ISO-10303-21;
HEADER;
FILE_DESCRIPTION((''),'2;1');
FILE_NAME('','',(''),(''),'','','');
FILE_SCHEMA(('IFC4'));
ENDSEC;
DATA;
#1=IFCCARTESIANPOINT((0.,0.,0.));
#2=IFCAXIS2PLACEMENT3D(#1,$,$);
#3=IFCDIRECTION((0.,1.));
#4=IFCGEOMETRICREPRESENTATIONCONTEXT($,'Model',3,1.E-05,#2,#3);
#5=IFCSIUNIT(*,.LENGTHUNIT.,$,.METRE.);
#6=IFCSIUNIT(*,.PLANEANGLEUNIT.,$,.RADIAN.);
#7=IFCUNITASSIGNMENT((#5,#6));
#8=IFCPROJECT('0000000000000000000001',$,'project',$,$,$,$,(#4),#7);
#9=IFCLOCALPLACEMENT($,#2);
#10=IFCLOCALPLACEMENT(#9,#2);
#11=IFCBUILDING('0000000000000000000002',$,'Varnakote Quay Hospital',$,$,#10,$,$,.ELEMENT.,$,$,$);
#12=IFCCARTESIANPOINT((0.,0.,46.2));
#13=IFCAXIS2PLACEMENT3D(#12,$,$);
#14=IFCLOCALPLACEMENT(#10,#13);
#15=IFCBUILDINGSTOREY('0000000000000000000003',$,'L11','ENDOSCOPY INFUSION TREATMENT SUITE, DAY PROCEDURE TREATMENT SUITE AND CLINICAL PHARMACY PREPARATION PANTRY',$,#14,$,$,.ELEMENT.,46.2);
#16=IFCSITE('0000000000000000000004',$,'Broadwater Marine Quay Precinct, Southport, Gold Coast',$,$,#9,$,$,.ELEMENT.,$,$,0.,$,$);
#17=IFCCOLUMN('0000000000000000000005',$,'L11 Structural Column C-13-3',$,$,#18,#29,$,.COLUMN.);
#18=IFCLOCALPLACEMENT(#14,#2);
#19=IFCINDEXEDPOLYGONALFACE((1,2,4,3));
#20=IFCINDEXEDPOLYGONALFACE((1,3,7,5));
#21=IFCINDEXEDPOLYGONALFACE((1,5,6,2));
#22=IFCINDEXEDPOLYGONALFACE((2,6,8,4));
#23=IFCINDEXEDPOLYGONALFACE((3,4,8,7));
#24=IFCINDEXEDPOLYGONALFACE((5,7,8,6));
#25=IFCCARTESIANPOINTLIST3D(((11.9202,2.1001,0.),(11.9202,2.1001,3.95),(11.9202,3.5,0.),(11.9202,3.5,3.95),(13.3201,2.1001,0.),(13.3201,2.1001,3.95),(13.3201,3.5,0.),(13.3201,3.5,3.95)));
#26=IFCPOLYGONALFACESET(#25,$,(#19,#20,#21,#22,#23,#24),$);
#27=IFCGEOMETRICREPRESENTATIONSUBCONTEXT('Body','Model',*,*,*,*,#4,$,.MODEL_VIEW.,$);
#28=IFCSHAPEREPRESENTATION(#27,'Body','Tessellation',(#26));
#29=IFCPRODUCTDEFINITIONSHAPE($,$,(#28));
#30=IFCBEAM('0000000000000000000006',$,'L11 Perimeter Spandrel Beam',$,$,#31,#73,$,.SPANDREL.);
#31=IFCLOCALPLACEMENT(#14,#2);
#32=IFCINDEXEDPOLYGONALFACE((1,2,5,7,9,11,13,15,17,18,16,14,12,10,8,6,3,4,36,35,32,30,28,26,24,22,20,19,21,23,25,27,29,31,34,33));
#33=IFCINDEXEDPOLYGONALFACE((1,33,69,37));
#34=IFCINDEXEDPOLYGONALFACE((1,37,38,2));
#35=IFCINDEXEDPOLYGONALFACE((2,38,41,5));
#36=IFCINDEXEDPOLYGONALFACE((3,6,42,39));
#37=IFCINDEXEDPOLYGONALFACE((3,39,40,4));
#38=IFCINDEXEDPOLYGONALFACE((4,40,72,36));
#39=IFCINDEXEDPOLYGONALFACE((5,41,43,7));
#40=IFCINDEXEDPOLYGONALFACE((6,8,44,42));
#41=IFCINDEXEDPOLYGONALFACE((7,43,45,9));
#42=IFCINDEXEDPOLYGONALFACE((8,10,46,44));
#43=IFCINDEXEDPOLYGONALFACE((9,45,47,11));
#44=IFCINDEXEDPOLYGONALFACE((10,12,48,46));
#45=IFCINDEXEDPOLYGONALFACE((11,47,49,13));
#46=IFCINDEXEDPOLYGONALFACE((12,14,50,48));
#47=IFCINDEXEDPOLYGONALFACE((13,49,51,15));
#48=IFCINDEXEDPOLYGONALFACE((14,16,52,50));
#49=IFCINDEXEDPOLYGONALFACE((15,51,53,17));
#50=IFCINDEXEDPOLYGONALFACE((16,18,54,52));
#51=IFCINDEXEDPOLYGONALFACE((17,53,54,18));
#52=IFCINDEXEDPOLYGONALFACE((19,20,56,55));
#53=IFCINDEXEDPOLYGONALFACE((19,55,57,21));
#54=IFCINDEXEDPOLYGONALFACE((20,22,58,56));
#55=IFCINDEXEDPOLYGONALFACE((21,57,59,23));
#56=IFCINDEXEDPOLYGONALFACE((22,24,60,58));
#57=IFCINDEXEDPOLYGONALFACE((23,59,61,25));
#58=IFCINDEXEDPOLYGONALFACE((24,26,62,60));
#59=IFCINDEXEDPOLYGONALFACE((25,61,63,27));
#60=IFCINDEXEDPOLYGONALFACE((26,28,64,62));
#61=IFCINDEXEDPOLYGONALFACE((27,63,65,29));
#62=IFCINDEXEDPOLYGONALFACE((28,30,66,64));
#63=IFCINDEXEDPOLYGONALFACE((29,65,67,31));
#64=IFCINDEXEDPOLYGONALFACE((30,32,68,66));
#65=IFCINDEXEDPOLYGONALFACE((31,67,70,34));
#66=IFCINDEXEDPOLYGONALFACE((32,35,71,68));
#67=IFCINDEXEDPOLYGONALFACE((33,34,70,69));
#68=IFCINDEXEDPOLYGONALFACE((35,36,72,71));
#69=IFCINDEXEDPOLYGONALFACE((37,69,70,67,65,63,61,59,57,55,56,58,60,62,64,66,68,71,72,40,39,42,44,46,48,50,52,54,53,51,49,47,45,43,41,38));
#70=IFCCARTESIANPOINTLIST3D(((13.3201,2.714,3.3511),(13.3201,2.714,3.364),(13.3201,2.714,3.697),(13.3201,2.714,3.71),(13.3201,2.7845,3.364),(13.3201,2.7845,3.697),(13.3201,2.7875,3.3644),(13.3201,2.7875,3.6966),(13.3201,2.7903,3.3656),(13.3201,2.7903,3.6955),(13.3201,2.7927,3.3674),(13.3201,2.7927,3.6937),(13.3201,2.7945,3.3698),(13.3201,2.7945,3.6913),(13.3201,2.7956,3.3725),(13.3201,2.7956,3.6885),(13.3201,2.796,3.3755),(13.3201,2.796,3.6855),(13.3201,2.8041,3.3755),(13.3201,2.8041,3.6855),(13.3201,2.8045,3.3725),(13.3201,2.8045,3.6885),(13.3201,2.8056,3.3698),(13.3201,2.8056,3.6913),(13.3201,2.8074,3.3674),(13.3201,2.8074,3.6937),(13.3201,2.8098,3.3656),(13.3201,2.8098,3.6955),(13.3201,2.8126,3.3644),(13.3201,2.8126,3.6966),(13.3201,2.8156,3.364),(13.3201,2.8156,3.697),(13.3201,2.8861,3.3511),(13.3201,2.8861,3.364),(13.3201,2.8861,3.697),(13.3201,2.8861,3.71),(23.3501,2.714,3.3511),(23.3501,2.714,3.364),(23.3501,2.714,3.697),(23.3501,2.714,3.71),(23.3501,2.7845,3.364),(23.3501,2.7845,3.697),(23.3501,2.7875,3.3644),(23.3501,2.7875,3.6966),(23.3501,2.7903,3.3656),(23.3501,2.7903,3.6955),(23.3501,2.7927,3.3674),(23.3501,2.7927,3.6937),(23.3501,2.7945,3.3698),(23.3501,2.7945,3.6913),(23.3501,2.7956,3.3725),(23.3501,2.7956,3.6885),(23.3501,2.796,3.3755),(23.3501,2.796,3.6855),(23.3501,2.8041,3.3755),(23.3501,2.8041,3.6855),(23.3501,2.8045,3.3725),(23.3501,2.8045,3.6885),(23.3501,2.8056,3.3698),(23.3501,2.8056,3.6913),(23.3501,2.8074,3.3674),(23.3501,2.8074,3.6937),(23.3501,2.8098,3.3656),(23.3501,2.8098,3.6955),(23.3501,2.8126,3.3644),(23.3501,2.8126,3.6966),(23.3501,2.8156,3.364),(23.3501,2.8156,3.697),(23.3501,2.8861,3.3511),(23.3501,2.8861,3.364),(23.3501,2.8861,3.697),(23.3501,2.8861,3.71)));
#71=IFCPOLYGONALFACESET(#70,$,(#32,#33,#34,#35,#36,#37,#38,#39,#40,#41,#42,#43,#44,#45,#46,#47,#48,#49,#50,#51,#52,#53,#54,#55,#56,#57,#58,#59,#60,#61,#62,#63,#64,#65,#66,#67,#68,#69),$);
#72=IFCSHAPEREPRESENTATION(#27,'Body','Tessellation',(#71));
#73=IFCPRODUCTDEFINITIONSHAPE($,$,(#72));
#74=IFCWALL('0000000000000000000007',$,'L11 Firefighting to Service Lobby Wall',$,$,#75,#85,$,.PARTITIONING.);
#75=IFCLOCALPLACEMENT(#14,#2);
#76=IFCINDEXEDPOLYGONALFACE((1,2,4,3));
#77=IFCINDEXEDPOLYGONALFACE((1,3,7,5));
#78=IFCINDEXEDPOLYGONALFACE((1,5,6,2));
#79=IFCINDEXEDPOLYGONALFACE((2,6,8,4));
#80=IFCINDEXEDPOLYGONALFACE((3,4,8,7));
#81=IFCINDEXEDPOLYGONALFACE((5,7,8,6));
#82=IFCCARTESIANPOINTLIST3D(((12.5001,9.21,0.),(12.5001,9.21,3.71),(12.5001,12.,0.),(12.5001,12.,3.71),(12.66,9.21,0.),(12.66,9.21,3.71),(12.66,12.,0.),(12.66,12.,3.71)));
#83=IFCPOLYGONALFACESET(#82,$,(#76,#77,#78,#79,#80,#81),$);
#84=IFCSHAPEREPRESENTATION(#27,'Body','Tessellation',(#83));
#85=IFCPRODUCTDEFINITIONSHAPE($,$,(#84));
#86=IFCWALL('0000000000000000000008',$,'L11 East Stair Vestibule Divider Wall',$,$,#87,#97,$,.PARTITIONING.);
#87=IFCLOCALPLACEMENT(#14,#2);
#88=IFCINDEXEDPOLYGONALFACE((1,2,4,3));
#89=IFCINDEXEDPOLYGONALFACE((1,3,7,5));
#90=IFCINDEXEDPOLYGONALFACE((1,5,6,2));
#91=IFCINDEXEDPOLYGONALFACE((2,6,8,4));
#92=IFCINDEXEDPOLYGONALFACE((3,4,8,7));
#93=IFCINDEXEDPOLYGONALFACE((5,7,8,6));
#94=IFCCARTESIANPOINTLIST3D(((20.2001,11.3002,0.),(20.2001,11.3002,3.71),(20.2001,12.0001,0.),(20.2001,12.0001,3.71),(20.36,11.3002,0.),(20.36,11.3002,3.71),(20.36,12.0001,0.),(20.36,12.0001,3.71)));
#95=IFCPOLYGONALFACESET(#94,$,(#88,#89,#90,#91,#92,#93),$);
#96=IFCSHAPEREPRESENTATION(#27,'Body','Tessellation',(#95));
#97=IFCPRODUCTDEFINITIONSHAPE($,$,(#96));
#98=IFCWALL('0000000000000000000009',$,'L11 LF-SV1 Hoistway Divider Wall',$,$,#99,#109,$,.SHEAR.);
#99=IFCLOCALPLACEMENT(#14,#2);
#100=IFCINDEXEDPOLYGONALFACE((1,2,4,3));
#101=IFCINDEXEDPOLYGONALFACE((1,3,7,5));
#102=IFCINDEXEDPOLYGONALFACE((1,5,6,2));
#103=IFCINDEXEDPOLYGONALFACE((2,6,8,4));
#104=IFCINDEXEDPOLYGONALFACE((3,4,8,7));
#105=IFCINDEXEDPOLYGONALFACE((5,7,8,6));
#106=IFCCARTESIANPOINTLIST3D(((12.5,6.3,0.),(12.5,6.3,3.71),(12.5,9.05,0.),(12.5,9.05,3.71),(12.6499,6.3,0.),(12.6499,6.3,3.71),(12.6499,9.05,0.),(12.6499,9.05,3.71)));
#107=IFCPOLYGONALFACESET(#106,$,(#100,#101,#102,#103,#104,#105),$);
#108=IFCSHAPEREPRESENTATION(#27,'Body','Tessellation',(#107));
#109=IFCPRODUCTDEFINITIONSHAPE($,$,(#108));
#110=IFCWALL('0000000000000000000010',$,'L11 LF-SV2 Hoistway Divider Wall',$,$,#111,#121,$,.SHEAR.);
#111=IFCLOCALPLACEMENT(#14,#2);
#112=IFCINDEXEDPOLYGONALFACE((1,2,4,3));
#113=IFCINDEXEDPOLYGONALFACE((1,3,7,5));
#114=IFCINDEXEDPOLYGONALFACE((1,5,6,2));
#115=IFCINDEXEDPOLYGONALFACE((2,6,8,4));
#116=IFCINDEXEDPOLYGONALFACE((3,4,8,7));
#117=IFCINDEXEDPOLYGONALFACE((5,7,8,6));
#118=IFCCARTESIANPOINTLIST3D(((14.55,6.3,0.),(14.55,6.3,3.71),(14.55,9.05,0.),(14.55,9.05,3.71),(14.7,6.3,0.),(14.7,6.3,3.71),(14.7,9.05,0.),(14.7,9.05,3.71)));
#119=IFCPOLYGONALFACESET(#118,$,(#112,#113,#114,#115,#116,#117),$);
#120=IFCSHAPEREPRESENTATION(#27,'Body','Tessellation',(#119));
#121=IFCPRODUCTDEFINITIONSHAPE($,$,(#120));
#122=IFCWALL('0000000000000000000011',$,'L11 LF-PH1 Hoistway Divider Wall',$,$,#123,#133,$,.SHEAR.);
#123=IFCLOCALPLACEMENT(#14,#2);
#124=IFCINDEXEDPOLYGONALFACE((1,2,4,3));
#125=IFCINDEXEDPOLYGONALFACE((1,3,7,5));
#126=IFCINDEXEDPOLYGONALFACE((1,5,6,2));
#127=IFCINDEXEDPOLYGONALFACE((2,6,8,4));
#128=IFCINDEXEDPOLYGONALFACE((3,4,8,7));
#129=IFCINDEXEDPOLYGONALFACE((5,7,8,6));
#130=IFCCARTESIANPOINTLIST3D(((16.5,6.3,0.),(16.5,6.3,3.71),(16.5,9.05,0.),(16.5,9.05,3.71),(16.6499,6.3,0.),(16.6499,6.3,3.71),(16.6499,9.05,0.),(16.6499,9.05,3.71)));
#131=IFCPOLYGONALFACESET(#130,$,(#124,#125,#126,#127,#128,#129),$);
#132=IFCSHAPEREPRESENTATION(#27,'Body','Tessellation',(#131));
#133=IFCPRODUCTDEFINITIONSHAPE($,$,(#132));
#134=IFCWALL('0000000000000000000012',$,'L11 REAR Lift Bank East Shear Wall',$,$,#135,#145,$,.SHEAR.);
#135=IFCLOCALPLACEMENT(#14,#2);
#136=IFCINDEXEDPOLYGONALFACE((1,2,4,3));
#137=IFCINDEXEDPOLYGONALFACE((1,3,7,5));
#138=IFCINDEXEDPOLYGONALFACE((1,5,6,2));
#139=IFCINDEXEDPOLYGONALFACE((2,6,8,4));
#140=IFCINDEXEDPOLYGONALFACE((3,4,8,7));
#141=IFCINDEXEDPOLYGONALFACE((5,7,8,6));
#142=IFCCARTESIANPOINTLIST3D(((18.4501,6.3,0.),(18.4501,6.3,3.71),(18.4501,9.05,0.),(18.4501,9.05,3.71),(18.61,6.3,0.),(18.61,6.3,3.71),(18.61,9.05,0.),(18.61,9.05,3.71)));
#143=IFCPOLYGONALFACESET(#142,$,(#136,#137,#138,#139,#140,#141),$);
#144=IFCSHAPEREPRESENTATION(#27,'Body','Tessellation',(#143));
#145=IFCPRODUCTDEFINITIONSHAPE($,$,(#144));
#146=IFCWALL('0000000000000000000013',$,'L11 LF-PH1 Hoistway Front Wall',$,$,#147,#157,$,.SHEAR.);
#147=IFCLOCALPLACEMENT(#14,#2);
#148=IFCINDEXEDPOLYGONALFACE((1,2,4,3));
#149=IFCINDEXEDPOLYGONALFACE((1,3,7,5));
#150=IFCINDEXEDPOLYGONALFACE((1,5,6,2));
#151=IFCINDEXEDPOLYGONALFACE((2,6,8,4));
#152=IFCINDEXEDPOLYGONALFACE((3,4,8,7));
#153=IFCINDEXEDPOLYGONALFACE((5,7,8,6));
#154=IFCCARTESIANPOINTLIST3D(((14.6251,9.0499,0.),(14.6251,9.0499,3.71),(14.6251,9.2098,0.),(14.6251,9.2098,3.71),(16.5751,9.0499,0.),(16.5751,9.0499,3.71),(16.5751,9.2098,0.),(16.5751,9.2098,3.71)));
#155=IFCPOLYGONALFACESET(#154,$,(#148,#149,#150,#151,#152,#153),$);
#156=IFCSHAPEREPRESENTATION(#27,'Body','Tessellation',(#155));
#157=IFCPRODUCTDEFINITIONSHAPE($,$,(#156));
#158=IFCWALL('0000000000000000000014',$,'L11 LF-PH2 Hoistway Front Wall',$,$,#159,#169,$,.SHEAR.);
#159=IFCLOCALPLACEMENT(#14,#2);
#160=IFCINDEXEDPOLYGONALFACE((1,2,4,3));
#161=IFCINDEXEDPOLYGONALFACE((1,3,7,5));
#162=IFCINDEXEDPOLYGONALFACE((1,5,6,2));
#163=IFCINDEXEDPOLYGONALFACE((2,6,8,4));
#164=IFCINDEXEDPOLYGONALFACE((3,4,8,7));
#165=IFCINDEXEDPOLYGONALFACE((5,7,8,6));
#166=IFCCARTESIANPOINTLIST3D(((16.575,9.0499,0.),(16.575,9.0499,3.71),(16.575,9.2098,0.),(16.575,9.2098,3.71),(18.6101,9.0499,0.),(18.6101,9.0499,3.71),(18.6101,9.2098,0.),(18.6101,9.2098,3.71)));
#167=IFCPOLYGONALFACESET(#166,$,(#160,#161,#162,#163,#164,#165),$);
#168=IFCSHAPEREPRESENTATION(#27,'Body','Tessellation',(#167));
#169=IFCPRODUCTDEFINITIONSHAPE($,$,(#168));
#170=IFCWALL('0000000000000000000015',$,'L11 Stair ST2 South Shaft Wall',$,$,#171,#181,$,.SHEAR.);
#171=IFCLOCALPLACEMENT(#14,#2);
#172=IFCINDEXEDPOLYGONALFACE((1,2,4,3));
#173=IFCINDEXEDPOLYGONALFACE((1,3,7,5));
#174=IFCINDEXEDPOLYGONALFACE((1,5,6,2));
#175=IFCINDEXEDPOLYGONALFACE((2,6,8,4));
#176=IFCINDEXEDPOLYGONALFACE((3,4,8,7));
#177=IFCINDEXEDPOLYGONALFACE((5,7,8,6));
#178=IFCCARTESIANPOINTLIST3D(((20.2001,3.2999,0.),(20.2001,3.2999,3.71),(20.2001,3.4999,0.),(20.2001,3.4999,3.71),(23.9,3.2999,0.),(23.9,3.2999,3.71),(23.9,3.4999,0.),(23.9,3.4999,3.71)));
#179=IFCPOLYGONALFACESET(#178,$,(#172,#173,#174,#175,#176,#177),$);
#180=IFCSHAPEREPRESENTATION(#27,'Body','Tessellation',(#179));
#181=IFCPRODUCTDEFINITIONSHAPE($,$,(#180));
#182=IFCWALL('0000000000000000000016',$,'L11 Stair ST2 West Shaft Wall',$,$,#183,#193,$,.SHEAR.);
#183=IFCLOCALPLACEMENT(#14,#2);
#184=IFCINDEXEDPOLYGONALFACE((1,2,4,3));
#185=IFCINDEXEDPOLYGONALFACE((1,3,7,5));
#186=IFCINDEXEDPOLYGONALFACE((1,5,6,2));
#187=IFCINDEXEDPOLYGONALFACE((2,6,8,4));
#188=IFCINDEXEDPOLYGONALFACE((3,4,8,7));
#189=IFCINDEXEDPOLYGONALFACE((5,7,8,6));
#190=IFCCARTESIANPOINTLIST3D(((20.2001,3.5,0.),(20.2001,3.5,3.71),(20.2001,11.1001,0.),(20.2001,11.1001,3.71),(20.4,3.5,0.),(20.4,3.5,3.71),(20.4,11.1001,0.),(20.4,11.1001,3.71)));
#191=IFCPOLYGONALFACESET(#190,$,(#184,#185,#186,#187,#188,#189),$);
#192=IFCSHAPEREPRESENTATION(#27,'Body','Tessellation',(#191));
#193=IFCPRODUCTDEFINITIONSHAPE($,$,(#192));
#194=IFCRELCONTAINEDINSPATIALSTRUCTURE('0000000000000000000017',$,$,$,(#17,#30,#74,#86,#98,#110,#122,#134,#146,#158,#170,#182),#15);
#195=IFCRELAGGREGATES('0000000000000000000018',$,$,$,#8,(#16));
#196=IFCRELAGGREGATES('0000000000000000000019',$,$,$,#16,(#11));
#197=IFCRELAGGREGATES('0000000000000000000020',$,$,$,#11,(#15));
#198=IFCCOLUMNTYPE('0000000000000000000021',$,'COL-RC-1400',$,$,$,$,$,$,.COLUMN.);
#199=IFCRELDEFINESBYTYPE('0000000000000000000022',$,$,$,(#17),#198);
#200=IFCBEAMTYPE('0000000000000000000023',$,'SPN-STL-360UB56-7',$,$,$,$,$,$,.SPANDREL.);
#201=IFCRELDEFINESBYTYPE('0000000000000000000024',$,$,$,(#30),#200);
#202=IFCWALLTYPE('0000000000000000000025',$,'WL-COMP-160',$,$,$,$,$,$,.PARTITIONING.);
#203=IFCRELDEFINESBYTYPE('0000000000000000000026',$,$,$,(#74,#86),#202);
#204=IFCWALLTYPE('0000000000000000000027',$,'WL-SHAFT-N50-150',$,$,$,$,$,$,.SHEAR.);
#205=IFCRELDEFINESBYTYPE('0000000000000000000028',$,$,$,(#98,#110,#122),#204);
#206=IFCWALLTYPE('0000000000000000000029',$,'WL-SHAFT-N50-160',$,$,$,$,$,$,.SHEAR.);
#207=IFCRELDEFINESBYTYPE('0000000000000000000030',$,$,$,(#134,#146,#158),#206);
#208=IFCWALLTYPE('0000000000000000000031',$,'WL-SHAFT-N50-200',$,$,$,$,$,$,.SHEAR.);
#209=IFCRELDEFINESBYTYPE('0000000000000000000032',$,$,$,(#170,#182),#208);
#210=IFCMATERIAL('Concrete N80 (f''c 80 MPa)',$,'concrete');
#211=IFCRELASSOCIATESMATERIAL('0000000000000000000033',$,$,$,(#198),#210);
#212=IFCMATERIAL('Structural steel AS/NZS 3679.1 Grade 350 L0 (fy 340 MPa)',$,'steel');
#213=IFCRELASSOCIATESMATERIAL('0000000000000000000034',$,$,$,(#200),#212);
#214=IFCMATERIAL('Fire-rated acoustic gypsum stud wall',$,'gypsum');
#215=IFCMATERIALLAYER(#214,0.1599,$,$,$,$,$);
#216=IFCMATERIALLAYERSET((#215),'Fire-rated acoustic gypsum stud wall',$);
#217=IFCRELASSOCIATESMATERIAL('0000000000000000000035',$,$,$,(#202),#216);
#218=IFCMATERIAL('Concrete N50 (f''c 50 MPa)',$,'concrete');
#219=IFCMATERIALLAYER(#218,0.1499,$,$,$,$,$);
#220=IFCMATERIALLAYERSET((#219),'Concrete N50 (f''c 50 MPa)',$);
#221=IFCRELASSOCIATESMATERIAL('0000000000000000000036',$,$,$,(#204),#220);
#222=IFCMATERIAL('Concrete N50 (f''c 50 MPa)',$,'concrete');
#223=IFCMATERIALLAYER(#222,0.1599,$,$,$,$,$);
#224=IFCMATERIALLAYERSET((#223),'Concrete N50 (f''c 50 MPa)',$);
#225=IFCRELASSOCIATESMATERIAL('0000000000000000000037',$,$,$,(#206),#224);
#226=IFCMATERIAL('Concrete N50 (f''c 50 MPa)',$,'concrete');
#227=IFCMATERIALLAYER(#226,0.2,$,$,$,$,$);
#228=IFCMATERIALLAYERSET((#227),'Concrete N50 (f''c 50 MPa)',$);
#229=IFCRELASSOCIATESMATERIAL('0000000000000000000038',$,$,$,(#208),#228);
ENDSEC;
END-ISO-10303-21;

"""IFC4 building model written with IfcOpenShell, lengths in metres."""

from ifc_helpers import new_model, si_unit, direction, frame, frame_2d, origin, origin_2d, place, context, subcontext, project, spatial, rectangle, i_section, extrude, material, layer, layer_set, material_profile, profile_set, type_object, element, save


model = new_model("IFC4")

# Units and contexts
model_context = context("Model", 3, precision=1e-05, world=origin(), true_north=direction((0.0, 1.0)))
body_context = subcontext(model_context, "Body", "Model", "MODEL_VIEW")
ifc_project = project(units=[si_unit("LENGTHUNIT", "METRE"), si_unit("PLANEANGLEUNIT", "RADIAN")], contexts=[model_context])

# Site, building, storey
site_placement = place(None, origin())
site = spatial("IfcSite", under=ifc_project, at=site_placement, Name="Broadwater Marine Quay Precinct, Southport, Gold Coast", CompositionType="ELEMENT", RefElevation=0.0)
building_placement = place(site_placement, origin())
building = spatial("IfcBuilding", under=site, at=building_placement, Name="Varnakote Quay Hospital", CompositionType="ELEMENT")
storey_placement = place(building_placement, frame((0.0, 0.0, 46.2)))
storey = spatial("IfcBuildingStorey", under=building, at=storey_placement, Name="L11", Description="ENDOSCOPY INFUSION TREATMENT SUITE, DAY PROCEDURE TREATMENT SUITE AND CLINICAL PHARMACY PREPARATION PANTRY", CompositionType="ELEMENT", Elevation=46.2)

# Column
ifc_material_1 = material(Name="Concrete N80 (f'c 80 MPa)", Category="concrete")
ifc_material_profile_1 = material_profile(ifc_material_1, rectangle(XDim=1.3999, YDim=1.3999, at=origin_2d()), Name="RC-COL-1400x1400")
ifc_profile_set_1 = profile_set([ifc_material_profile_1], Name="Concrete N80 (f'c 80 MPa)")
column_type = type_object("IfcColumnType", Name="COL-RC-1400", PredefinedType="COLUMN", material=ifc_profile_set_1)
column_placement = place(storey_placement, frame((12.6201, 2.8, 0.0), z_axis=(0.0, 0.0, 1.0), x_axis=(1.0, 0.0, 0.0)))
element("IfcColumn", 1, at=column_placement, inside=storey, type_object=column_type, Name="L11 Structural Column C-13-3", PredefinedType="COLUMN", context=body_context, shape_type="SweptSolid", body=[
    extrude(rectangle(XDim=1.3999, YDim=1.3999, at=origin_2d()), origin(), (0.0, 0.0, 1.0), 3.95),
])

# Beam
ifc_material_2 = material(Name="Structural steel AS/NZS 3679.1 Grade 350 L0 (fy 340 MPa)", Category="steel")
ifc_material_profile_2 = material_profile(ifc_material_2, i_section(OverallWidth=0.1721, OverallDepth=0.3589, WebThickness=0.0081, FlangeThickness=0.0129, FilletRadius=0.0115, at=origin_2d()), Name="360UB56.7")
ifc_profile_set_2 = profile_set([ifc_material_profile_2], Name="Structural steel AS/NZS 3679.1 Grade 350 L0 (fy 340 MPa)")
beam_type = type_object("IfcBeamType", Name="SPN-STL-360UB56-7", PredefinedType="SPANDREL", material=ifc_profile_set_2)
beam_placement = place(storey_placement, frame((13.3201, 2.8, 3.5305), z_axis=(1.0, 0.0, 0.0), x_axis=(0.0, 1.0, 0.0)))
element("IfcBeam", 2, at=beam_placement, inside=storey, type_object=beam_type, Name="L11 Perimeter Spandrel Beam", PredefinedType="SPANDREL", context=body_context, shape_type="SweptSolid", body=[
    extrude(i_section(OverallWidth=0.1721, OverallDepth=0.3589, WebThickness=0.0081, FlangeThickness=0.0129, FilletRadius=0.0115, at=origin_2d()), origin(), (0.0, 0.0, 1.0), 10.03),
])

# Walls
ifc_material_3 = material(Name="Fire-rated acoustic gypsum stud wall", Category="gypsum")
ifc_layer_1 = layer(ifc_material_3, 0.1599)
ifc_layer_set_1 = layer_set([ifc_layer_1], Name="Fire-rated acoustic gypsum stud wall")
wall_type_1 = type_object("IfcWallType", Name="WL-COMP-160", PredefinedType="PARTITIONING", material=ifc_layer_set_1)
wall_1_placement = place(storey_placement, frame((12.5801, 9.21, 0.0), z_axis=(0.0, 0.0, 1.0), x_axis=(0.0, 1.0, 0.0)))
element("IfcWall", 3, at=wall_1_placement, inside=storey, type_object=wall_type_1, Name="L11 Firefighting to Service Lobby Wall", PredefinedType="PARTITIONING", context=body_context, shape_type="SweptSolid", body=[
    extrude(rectangle(XDim=2.79, YDim=0.1599, at=frame_2d((1.395, 0.0))), origin(), (0.0, 0.0, 1.0), 3.71),
])
wall_2_placement = place(storey_placement, frame((20.28, 11.3, 0.0), z_axis=(0.0, 0.0, 1.0), x_axis=(0.0, 1.0, 0.0)))
element("IfcWall", 4, at=wall_2_placement, inside=storey, type_object=wall_type_1, Name="L11 East Stair Vestibule Divider Wall", PredefinedType="PARTITIONING", context=body_context, shape_type="SweptSolid", body=[
    extrude(rectangle(XDim=0.7, YDim=0.1599, at=frame_2d((0.3501, 0.0))), origin(), (0.0, 0.0, 1.0), 3.71),
])
ifc_material_4 = material(Name="Concrete N50 (f'c 50 MPa)", Category="concrete")
ifc_layer_2 = layer(ifc_material_4, 0.1499)
ifc_layer_set_2 = layer_set([ifc_layer_2], Name="Concrete N50 (f'c 50 MPa)")
wall_type_2 = type_object("IfcWallType", Name="WL-SHAFT-N50-150", PredefinedType="SHEAR", material=ifc_layer_set_2)
for number, where, z_axis, x_axis, name in (
    (5, (12.575, 6.3, 0.0), (0.0, 0.0, 1.0), (0.0, 1.0, 0.0), "L11 LF-SV1 Hoistway Divider Wall"),
    (6, (14.625, 6.3, 0.0), (0.0, 0.0, 1.0), (0.0, 1.0, 0.0), "L11 LF-SV2 Hoistway Divider Wall"),
    (7, (16.575, 6.3, 0.0), (0.0, 0.0, 1.0), (0.0, 1.0, 0.0), "L11 LF-PH1 Hoistway Divider Wall"),
):
    element("IfcWall", number, at=place(storey_placement, frame(where, z_axis=z_axis, x_axis=x_axis)), inside=storey, type_object=wall_type_2, Name=name, PredefinedType="SHEAR", context=body_context, shape_type="SweptSolid", body=[
        extrude(rectangle(XDim=2.75, YDim=0.1499, at=frame_2d((1.375, 0.0))), origin(), (0.0, 0.0, 1.0), 3.71),
    ])
ifc_material_5 = material(Name="Concrete N50 (f'c 50 MPa)", Category="concrete")
ifc_layer_3 = layer(ifc_material_5, 0.1599)
ifc_layer_set_3 = layer_set([ifc_layer_3], Name="Concrete N50 (f'c 50 MPa)")
wall_type_3 = type_object("IfcWallType", Name="WL-SHAFT-N50-160", PredefinedType="SHEAR", material=ifc_layer_set_3)
wall_3_placement = place(storey_placement, frame((18.53, 6.3, 0.0), z_axis=(0.0, 0.0, 1.0), x_axis=(0.0, 1.0, 0.0)))
element("IfcWall", 8, at=wall_3_placement, inside=storey, type_object=wall_type_3, Name="L11 REAR Lift Bank East Shear Wall", PredefinedType="SHEAR", context=body_context, shape_type="SweptSolid", body=[
    extrude(rectangle(XDim=2.75, YDim=0.1599, at=frame_2d((1.375, 0.0))), origin(), (0.0, 0.0, 1.0), 3.71),
])

# Walls
wall_4_placement = place(storey_placement, frame((14.625, 9.1299, 0.0), z_axis=(0.0, 0.0, 1.0), x_axis=(1.0, 0.0, 0.0)))
element("IfcWall", 9, at=wall_4_placement, inside=storey, type_object=wall_type_3, Name="L11 LF-PH1 Hoistway Front Wall", PredefinedType="SHEAR", context=body_context, shape_type="SweptSolid", body=[
    extrude(rectangle(XDim=1.95, YDim=0.1599, at=frame_2d((0.9751, 0.0))), origin(), (0.0, 0.0, 1.0), 3.71),
])
wall_5_placement = place(storey_placement, frame((16.575, 9.1299, 0.0), z_axis=(0.0, 0.0, 1.0), x_axis=(1.0, 0.0, 0.0)))
element("IfcWall", 10, at=wall_5_placement, inside=storey, type_object=wall_type_3, Name="L11 LF-PH2 Hoistway Front Wall", PredefinedType="SHEAR", context=body_context, shape_type="SweptSolid", body=[
    extrude(rectangle(XDim=2.0352, YDim=0.1599, at=frame_2d((1.0176, 0.0))), origin(), (0.0, 0.0, 1.0), 3.71),
])
ifc_material_6 = material(Name="Concrete N50 (f'c 50 MPa)", Category="concrete")
ifc_layer_4 = layer(ifc_material_6, 0.2)
ifc_layer_set_4 = layer_set([ifc_layer_4], Name="Concrete N50 (f'c 50 MPa)")
wall_type_4 = type_object("IfcWallType", Name="WL-SHAFT-N50-200", PredefinedType="SHEAR", material=ifc_layer_set_4)
wall_6_placement = place(storey_placement, frame((20.2, 3.3999, 0.0), z_axis=(0.0, 0.0, 1.0), x_axis=(1.0, 0.0, 0.0)))
element("IfcWall", 11, at=wall_6_placement, inside=storey, type_object=wall_type_4, Name="L11 Stair ST2 South Shaft Wall", PredefinedType="SHEAR", context=body_context, shape_type="SweptSolid", body=[
    extrude(rectangle(XDim=3.7, YDim=0.2, at=frame_2d((1.8501, 0.0))), origin(), (0.0, 0.0, 1.0), 3.71),
])
wall_7_placement = place(storey_placement, frame((20.3, 3.5, 0.0), z_axis=(0.0, 0.0, 1.0), x_axis=(0.0, 1.0, 0.0)))
element("IfcWall", 12, at=wall_7_placement, inside=storey, type_object=wall_type_4, Name="L11 Stair ST2 West Shaft Wall", PredefinedType="SHEAR", context=body_context, shape_type="SweptSolid", body=[
    extrude(rectangle(XDim=7.6001, YDim=0.2, at=frame_2d((3.8, 0.0))), origin(), (0.0, 0.0, 1.0), 3.71),
])

save(model, "model.ifc")
